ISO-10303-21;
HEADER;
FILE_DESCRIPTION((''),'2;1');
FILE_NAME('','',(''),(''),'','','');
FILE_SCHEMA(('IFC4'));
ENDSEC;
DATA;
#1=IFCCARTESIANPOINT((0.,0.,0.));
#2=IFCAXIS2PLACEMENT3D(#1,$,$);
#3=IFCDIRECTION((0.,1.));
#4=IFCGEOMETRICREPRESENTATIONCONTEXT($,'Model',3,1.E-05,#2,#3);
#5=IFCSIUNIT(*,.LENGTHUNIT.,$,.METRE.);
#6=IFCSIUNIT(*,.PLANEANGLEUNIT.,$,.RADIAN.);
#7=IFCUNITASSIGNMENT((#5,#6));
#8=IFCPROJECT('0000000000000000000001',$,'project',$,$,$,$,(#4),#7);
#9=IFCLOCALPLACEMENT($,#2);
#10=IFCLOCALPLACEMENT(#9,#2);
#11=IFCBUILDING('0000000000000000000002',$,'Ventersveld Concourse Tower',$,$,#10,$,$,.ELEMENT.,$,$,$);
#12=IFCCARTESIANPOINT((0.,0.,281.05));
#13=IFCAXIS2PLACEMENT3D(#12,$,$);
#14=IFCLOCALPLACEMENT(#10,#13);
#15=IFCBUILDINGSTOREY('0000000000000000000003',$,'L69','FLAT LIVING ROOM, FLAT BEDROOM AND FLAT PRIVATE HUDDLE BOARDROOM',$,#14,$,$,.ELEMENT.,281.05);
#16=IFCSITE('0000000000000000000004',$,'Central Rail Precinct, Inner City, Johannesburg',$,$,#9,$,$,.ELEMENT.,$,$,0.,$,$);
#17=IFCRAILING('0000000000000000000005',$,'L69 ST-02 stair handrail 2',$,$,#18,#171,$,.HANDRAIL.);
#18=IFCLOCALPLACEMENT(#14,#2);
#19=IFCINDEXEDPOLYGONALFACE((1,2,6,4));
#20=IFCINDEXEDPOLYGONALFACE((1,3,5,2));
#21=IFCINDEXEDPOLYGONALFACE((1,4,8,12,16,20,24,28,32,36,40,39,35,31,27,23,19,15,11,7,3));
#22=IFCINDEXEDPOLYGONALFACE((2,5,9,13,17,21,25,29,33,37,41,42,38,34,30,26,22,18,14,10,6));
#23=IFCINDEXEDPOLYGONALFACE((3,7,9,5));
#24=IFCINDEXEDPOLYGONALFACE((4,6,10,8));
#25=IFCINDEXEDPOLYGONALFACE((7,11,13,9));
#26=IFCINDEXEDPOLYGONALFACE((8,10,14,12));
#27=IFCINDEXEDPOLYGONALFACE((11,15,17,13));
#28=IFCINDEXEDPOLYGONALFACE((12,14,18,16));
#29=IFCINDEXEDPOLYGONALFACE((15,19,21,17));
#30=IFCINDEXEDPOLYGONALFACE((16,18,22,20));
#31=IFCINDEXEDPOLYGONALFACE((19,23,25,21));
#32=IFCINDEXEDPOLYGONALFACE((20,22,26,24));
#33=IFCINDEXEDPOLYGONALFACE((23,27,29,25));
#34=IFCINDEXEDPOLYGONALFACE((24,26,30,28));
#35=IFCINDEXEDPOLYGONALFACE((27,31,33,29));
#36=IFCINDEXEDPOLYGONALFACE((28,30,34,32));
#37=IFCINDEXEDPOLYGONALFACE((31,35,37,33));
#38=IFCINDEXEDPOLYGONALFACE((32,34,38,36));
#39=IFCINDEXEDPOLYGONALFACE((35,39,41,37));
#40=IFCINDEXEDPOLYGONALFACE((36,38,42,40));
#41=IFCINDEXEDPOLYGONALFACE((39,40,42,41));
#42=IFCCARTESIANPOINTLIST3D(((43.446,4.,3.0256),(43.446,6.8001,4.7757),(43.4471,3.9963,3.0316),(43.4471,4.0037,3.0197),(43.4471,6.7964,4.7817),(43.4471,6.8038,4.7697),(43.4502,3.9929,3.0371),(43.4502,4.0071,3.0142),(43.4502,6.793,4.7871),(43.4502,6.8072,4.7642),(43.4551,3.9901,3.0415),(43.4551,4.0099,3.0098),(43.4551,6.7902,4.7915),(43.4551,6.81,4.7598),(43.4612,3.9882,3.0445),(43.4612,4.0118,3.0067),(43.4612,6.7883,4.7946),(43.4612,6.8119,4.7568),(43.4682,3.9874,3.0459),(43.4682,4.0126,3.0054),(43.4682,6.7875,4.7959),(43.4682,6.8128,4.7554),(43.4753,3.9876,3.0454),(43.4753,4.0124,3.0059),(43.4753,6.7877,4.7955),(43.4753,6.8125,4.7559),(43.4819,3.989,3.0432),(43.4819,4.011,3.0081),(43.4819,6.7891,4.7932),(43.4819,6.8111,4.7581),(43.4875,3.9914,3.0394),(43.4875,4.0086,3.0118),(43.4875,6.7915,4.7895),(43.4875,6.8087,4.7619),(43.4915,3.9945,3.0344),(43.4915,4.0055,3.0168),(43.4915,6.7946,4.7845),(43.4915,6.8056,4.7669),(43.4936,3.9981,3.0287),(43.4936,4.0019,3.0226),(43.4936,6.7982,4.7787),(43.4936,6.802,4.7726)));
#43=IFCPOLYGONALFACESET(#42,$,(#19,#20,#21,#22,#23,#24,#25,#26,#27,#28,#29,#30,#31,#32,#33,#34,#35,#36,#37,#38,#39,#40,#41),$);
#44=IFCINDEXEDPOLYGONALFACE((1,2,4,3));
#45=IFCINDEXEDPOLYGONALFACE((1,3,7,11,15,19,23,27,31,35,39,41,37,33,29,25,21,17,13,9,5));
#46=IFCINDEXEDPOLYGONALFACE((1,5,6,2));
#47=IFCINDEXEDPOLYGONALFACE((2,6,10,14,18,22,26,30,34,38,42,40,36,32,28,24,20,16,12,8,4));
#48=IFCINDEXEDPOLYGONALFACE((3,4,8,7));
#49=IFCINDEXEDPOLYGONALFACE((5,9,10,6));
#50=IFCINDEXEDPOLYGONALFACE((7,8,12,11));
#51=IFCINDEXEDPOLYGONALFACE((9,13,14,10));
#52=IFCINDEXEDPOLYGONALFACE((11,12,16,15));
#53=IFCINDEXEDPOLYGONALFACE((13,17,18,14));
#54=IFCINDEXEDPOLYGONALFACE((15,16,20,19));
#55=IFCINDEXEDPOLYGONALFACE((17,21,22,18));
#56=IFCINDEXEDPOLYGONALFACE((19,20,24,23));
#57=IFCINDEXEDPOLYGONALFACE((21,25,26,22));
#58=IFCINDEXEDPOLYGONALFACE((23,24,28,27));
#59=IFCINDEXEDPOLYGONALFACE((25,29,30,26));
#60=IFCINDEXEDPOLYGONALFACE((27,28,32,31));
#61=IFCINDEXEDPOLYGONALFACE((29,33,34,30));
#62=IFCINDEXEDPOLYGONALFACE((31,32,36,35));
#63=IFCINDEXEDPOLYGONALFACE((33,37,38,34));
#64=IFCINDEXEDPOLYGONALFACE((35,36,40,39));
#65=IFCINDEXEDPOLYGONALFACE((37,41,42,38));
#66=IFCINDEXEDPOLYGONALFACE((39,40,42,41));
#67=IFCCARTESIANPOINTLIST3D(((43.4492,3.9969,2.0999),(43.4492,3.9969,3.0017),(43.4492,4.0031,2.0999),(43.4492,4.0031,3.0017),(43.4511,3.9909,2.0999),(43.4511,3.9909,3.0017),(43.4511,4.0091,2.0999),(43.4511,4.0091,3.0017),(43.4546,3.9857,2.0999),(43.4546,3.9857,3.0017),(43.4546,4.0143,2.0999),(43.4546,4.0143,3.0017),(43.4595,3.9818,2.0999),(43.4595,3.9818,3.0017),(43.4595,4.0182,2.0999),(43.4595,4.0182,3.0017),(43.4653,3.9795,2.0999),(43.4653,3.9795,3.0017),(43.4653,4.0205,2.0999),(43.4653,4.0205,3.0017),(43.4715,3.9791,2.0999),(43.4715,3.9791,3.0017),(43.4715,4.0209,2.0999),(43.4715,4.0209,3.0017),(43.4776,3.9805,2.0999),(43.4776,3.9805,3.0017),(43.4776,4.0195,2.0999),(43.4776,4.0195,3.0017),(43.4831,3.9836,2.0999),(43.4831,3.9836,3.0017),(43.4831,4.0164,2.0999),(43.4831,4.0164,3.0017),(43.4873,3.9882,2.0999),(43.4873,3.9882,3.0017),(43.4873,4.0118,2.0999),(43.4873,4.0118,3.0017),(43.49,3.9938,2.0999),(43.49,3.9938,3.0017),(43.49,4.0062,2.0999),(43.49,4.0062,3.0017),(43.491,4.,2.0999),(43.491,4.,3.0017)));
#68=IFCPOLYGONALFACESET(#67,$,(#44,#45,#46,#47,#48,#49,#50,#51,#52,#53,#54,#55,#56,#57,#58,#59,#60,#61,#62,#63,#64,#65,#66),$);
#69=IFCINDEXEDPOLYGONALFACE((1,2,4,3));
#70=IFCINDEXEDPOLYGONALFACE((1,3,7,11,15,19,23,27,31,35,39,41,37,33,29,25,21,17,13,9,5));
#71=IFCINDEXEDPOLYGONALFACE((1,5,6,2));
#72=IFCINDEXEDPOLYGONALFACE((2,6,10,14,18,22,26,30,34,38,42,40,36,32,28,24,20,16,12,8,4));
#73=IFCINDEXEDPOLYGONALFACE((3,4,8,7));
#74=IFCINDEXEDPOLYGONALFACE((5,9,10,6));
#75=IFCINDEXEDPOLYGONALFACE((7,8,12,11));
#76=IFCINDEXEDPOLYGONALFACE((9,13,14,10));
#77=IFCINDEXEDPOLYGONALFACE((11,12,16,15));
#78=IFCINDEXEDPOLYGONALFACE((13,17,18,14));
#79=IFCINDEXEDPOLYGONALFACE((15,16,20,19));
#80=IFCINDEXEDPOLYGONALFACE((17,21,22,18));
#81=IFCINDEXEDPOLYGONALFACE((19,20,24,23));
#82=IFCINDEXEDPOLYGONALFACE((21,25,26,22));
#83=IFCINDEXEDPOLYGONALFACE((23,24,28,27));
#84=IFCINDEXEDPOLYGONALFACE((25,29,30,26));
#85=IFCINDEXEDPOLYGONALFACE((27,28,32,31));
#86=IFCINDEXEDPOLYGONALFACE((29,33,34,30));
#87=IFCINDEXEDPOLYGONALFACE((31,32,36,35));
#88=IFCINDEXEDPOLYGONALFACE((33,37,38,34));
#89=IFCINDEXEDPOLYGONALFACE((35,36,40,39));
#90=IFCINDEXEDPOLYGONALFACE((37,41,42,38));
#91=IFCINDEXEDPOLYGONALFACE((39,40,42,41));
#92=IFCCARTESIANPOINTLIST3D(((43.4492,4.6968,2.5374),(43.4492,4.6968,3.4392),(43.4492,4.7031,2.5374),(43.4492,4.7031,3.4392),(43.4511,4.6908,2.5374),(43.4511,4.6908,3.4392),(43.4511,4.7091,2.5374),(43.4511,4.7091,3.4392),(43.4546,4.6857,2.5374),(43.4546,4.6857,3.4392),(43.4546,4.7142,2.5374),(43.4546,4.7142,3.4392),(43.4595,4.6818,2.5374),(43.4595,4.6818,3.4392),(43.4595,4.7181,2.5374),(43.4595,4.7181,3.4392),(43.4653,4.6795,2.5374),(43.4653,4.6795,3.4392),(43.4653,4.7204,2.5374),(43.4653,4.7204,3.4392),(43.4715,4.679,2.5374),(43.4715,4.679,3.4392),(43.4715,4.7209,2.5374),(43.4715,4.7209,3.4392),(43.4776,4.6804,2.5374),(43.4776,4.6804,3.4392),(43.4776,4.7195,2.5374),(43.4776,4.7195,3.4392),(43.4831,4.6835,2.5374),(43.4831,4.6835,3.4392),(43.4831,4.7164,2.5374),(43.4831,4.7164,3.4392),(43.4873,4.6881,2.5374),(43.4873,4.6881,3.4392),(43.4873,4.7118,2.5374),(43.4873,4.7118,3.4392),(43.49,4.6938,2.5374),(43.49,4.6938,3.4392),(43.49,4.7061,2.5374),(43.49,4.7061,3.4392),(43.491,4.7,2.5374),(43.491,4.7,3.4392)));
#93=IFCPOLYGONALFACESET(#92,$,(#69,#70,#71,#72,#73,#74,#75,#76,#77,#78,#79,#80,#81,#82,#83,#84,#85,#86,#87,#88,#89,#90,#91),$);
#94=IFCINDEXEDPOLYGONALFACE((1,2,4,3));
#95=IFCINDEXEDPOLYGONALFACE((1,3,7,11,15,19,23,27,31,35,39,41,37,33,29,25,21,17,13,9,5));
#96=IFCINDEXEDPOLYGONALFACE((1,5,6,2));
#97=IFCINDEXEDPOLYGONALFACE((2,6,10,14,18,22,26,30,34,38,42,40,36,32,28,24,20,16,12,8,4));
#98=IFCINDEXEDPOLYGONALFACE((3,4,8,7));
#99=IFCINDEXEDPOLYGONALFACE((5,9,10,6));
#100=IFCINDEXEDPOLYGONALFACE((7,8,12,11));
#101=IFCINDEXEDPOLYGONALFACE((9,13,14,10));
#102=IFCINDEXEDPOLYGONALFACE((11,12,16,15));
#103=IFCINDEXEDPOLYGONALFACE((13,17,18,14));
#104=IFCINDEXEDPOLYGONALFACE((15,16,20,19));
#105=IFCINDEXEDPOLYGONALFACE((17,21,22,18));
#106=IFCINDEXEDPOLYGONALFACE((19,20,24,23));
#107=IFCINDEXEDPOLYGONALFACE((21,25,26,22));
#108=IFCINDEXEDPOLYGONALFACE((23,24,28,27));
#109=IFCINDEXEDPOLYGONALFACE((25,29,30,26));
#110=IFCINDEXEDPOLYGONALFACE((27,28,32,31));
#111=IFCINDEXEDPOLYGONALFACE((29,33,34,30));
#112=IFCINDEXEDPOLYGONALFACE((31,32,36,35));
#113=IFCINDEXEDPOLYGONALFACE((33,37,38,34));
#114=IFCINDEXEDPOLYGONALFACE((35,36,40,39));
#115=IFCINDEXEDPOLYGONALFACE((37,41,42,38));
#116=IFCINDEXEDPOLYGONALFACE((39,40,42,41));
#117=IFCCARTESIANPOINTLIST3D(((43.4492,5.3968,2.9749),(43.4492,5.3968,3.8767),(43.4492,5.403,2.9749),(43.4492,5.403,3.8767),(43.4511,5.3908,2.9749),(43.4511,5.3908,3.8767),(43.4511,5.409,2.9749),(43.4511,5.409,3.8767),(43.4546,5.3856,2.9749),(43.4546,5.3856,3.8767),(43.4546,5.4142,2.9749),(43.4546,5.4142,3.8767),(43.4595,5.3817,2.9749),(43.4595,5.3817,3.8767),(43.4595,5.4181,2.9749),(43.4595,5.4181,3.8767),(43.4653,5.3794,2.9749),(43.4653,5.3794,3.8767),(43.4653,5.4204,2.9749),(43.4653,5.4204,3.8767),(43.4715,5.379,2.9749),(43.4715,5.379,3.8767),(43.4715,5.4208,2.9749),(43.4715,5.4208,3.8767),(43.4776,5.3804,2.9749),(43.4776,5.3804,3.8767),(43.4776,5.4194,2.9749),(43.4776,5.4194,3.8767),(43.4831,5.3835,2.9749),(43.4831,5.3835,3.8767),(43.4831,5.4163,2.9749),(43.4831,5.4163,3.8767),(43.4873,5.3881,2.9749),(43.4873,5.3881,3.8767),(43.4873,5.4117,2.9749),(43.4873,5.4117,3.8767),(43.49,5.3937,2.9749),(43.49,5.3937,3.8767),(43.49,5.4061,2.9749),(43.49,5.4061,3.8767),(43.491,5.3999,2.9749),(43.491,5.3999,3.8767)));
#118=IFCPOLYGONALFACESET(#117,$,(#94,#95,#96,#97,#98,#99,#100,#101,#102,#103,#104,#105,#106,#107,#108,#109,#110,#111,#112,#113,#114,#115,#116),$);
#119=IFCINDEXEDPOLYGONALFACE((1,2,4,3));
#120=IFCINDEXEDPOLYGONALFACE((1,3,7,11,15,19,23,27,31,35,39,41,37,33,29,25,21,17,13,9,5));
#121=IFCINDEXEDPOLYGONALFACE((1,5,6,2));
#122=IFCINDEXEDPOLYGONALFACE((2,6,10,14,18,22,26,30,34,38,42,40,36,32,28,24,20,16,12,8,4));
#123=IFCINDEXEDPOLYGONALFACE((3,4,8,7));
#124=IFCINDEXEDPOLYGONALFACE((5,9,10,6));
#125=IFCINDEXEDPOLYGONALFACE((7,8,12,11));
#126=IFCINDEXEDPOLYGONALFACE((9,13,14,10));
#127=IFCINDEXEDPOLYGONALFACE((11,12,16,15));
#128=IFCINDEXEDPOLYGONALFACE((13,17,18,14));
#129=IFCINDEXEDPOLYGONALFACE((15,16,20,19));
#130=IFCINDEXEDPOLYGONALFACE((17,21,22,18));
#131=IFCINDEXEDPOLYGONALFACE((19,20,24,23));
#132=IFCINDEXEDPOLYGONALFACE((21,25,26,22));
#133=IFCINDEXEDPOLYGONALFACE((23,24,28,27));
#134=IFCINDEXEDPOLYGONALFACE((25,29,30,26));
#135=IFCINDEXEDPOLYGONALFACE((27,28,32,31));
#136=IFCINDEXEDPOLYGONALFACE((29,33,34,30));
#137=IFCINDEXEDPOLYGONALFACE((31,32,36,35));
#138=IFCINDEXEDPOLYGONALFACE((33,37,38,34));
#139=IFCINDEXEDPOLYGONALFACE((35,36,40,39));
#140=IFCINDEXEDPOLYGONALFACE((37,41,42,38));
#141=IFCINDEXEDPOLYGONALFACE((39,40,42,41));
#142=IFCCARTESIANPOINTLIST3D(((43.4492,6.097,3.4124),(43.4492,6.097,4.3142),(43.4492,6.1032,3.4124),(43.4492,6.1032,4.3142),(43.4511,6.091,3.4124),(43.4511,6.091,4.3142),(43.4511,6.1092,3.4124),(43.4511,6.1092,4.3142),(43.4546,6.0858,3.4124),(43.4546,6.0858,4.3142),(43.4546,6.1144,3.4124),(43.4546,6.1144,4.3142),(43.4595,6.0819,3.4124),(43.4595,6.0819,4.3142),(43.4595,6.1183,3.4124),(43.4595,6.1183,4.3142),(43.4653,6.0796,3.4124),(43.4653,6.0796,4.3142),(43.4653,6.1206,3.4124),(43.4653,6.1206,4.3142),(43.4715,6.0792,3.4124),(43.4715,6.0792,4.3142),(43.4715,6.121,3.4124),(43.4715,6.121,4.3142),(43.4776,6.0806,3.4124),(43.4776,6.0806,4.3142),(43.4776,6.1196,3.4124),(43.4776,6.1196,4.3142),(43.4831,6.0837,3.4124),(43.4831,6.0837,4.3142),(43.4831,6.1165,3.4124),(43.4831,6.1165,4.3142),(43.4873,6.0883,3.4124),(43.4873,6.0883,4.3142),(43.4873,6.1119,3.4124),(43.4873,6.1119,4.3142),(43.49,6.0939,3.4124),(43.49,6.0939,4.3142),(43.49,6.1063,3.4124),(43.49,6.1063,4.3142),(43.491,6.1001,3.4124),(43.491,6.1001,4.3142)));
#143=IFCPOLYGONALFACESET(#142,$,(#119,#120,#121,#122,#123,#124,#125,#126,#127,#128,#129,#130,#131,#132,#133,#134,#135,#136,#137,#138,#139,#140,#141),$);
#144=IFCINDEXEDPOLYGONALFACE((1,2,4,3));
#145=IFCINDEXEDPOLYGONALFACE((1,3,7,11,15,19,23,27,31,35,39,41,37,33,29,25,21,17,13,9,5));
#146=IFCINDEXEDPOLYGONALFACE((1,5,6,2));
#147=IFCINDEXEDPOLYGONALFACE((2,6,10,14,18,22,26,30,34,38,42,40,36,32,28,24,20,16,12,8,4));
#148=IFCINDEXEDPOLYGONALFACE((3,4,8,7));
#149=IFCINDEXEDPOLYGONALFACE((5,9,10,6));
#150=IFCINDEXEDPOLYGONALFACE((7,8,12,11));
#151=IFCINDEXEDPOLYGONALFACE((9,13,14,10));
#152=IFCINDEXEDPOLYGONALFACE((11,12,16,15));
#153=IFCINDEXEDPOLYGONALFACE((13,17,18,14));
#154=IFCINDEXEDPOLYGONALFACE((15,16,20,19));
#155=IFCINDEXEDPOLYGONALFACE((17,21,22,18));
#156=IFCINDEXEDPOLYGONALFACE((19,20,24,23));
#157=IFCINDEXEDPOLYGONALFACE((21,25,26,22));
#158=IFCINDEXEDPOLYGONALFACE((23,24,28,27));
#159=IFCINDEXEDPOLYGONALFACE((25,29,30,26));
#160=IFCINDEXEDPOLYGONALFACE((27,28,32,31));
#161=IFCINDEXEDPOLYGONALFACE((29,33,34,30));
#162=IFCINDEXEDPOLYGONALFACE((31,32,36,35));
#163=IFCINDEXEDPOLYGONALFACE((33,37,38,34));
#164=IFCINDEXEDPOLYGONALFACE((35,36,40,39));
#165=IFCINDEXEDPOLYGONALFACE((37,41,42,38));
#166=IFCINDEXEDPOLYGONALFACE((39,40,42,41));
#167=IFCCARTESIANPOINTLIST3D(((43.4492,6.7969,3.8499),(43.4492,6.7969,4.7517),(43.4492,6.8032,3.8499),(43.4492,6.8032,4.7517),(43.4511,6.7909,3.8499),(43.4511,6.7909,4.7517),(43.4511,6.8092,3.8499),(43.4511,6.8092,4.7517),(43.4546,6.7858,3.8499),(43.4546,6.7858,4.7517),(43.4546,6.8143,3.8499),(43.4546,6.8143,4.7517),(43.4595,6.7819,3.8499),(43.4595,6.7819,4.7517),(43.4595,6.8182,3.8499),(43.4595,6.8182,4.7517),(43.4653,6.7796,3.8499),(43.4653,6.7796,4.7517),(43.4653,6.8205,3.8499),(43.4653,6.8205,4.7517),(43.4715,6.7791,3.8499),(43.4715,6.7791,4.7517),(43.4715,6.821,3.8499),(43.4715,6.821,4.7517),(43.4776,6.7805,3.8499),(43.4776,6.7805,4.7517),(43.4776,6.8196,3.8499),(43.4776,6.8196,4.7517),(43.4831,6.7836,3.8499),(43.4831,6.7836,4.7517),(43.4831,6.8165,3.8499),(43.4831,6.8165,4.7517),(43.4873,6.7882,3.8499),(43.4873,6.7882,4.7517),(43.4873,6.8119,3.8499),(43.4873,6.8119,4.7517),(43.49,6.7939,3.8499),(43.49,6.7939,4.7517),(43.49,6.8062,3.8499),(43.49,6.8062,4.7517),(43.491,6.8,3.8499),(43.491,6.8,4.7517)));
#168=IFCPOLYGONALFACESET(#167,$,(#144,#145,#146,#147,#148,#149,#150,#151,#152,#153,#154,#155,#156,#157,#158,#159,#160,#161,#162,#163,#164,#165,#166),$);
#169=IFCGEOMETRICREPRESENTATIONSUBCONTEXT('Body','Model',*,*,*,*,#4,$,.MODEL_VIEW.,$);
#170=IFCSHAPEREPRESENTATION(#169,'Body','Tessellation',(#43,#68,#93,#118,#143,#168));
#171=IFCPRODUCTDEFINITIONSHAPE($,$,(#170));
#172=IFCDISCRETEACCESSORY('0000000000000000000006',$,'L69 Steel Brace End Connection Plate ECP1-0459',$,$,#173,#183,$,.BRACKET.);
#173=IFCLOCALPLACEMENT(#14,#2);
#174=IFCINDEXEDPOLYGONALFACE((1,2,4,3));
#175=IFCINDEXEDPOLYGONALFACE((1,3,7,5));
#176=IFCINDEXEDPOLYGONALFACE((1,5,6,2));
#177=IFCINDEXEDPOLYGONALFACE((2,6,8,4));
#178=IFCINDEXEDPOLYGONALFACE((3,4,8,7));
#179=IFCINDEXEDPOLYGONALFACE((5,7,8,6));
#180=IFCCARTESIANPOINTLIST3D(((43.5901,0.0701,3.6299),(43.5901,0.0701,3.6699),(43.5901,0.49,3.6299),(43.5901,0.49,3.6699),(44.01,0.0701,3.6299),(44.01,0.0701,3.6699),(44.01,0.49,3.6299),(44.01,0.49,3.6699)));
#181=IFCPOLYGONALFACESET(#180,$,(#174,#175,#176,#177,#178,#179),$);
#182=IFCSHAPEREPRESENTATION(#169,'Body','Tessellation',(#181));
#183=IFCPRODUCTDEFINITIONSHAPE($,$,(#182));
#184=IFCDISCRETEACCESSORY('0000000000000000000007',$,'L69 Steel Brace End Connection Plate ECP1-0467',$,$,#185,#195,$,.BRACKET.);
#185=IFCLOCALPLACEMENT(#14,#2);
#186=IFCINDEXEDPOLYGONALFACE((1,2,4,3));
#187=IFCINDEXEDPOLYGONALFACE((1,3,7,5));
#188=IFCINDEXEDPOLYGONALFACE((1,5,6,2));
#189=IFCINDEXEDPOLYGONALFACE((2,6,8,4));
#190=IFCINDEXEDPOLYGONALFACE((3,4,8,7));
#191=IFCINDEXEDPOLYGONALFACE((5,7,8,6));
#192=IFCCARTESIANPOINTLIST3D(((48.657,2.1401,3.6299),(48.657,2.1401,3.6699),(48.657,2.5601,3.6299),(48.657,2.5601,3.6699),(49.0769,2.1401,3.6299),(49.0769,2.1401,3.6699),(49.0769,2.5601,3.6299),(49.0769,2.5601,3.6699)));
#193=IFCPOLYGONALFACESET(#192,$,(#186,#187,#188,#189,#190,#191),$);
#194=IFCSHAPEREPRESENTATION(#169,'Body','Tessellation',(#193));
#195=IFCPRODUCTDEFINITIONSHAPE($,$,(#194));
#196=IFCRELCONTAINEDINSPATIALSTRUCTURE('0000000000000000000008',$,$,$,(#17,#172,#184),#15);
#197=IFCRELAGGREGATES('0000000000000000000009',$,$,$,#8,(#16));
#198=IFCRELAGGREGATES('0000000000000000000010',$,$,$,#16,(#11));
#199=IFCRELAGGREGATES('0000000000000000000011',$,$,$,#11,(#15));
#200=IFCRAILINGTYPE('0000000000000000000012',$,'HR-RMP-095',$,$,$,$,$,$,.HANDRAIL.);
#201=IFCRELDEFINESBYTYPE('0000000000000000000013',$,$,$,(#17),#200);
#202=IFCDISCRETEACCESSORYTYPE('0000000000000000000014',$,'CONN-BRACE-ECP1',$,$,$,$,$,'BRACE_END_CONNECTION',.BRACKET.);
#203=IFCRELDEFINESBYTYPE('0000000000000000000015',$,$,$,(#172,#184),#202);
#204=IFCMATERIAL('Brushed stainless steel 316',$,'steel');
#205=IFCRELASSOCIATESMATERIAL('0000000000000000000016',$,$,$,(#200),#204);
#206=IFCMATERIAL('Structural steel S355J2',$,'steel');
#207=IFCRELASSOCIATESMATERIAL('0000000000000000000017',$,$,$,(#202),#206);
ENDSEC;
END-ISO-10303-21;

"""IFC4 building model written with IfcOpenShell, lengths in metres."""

from ifc_helpers import new_model, si_unit, direction, frame, origin, origin_2d, place, context, subcontext, project, spatial, rectangle, circle, extrude, material, type_object, element, save


model = new_model("IFC4")

# Units and contexts
model_context = context("Model", 3, precision=1e-05, world=origin(), true_north=direction((0.0, 1.0)))
body_context = subcontext(model_context, "Body", "Model", "MODEL_VIEW")
ifc_project = project(units=[si_unit("LENGTHUNIT", "METRE"), si_unit("PLANEANGLEUNIT", "RADIAN")], contexts=[model_context])

# Site, building, storey
site_placement = place(None, origin())
site = spatial("IfcSite", under=ifc_project, at=site_placement, Name="Central Rail Precinct, Inner City, Johannesburg", CompositionType="ELEMENT", RefElevation=0.0)
building_placement = place(site_placement, origin())
building = spatial("IfcBuilding", under=site, at=building_placement, Name="Ventersveld Concourse Tower", CompositionType="ELEMENT")
storey_placement = place(building_placement, frame((0.0, 0.0, 281.05)))
storey = spatial("IfcBuildingStorey", under=building, at=storey_placement, Name="L69", Description="FLAT LIVING ROOM, FLAT BEDROOM AND FLAT PRIVATE HUDDLE BOARDROOM", CompositionType="ELEMENT", Elevation=281.05)

# Shared definitions
ifc_material_1 = material(Name="Structural steel S355J2", Category="steel")

# Shared definitions
ifc_material_2 = material(Name="Brushed stainless steel 316", Category="steel")

# Railing
railing_type_1 = type_object("IfcRailingType", Name="HR-RMP-095", PredefinedType="HANDRAIL", material=ifc_material_2)
railing_1_placement = place(storey_placement, frame((43.47, 4.0, 2.0999)))
element("IfcRailing", 1, at=railing_1_placement, inside=storey, type_object=railing_type_1, Name="L69 ST-02 stair handrail 2", PredefinedType="HANDRAIL", context=body_context, shape_type="SweptSolid", body=[
    extrude(circle(Radius=0.0239, at=origin_2d()), frame((0.0, 0.0, 0.9258), z_axis=(0.0, 0.848002, 0.529992), x_axis=(-1.0, 0.0, 0.0)), (0.0, 0.0, 1.0), 3.302),
    extrude(circle(Radius=0.021, at=origin_2d()), origin(), (0.0, 0.0, 1.0), 0.9019),
    extrude(circle(Radius=0.021, at=origin_2d()), frame((0.0, 0.7, 0.4375)), (0.0, 0.0, 1.0), 0.9019),
    extrude(circle(Radius=0.021, at=origin_2d()), frame((0.0, 1.3999, 0.875)), (0.0, 0.0, 1.0), 0.9019),
    extrude(circle(Radius=0.021, at=origin_2d()), frame((0.0, 2.1001, 1.3125)), (0.0, 0.0, 1.0), 0.9019),
    extrude(circle(Radius=0.021, at=origin_2d()), frame((0.0, 2.8, 1.75)), (0.0, 0.0, 1.0), 0.9019),
])

# Discrete accessories
discrete_accessory_type = type_object("IfcDiscreteAccessoryType", Name="CONN-BRACE-ECP1", ElementType="BRACE_END_CONNECTION", PredefinedType="BRACKET", material=ifc_material_1)
for number, where, z_axis, x_axis, name in (
    (2, (43.8, 0.28, 3.6299), (0.0, 0.0, 1.0), (1.0, 0.0, 0.0), "L69 Steel Brace End Connection Plate ECP1-0459"),
    (3, (48.8669, 2.3501, 3.6299), (0.0, 0.0, 1.0), (1.0, 0.0, 0.0), "L69 Steel Brace End Connection Plate ECP1-0467"),
):
    element("IfcDiscreteAccessory", number, at=place(storey_placement, frame(where, z_axis=z_axis, x_axis=x_axis)), inside=storey, type_object=discrete_accessory_type, Name=name, PredefinedType="BRACKET", context=body_context, shape_type="SweptSolid", body=[
        extrude(rectangle(XDim=0.4199, YDim=0.4199, at=origin_2d()), origin(), (0.0, 0.0, 1.0), 0.04),
    ])

save(model, "model.ifc")
